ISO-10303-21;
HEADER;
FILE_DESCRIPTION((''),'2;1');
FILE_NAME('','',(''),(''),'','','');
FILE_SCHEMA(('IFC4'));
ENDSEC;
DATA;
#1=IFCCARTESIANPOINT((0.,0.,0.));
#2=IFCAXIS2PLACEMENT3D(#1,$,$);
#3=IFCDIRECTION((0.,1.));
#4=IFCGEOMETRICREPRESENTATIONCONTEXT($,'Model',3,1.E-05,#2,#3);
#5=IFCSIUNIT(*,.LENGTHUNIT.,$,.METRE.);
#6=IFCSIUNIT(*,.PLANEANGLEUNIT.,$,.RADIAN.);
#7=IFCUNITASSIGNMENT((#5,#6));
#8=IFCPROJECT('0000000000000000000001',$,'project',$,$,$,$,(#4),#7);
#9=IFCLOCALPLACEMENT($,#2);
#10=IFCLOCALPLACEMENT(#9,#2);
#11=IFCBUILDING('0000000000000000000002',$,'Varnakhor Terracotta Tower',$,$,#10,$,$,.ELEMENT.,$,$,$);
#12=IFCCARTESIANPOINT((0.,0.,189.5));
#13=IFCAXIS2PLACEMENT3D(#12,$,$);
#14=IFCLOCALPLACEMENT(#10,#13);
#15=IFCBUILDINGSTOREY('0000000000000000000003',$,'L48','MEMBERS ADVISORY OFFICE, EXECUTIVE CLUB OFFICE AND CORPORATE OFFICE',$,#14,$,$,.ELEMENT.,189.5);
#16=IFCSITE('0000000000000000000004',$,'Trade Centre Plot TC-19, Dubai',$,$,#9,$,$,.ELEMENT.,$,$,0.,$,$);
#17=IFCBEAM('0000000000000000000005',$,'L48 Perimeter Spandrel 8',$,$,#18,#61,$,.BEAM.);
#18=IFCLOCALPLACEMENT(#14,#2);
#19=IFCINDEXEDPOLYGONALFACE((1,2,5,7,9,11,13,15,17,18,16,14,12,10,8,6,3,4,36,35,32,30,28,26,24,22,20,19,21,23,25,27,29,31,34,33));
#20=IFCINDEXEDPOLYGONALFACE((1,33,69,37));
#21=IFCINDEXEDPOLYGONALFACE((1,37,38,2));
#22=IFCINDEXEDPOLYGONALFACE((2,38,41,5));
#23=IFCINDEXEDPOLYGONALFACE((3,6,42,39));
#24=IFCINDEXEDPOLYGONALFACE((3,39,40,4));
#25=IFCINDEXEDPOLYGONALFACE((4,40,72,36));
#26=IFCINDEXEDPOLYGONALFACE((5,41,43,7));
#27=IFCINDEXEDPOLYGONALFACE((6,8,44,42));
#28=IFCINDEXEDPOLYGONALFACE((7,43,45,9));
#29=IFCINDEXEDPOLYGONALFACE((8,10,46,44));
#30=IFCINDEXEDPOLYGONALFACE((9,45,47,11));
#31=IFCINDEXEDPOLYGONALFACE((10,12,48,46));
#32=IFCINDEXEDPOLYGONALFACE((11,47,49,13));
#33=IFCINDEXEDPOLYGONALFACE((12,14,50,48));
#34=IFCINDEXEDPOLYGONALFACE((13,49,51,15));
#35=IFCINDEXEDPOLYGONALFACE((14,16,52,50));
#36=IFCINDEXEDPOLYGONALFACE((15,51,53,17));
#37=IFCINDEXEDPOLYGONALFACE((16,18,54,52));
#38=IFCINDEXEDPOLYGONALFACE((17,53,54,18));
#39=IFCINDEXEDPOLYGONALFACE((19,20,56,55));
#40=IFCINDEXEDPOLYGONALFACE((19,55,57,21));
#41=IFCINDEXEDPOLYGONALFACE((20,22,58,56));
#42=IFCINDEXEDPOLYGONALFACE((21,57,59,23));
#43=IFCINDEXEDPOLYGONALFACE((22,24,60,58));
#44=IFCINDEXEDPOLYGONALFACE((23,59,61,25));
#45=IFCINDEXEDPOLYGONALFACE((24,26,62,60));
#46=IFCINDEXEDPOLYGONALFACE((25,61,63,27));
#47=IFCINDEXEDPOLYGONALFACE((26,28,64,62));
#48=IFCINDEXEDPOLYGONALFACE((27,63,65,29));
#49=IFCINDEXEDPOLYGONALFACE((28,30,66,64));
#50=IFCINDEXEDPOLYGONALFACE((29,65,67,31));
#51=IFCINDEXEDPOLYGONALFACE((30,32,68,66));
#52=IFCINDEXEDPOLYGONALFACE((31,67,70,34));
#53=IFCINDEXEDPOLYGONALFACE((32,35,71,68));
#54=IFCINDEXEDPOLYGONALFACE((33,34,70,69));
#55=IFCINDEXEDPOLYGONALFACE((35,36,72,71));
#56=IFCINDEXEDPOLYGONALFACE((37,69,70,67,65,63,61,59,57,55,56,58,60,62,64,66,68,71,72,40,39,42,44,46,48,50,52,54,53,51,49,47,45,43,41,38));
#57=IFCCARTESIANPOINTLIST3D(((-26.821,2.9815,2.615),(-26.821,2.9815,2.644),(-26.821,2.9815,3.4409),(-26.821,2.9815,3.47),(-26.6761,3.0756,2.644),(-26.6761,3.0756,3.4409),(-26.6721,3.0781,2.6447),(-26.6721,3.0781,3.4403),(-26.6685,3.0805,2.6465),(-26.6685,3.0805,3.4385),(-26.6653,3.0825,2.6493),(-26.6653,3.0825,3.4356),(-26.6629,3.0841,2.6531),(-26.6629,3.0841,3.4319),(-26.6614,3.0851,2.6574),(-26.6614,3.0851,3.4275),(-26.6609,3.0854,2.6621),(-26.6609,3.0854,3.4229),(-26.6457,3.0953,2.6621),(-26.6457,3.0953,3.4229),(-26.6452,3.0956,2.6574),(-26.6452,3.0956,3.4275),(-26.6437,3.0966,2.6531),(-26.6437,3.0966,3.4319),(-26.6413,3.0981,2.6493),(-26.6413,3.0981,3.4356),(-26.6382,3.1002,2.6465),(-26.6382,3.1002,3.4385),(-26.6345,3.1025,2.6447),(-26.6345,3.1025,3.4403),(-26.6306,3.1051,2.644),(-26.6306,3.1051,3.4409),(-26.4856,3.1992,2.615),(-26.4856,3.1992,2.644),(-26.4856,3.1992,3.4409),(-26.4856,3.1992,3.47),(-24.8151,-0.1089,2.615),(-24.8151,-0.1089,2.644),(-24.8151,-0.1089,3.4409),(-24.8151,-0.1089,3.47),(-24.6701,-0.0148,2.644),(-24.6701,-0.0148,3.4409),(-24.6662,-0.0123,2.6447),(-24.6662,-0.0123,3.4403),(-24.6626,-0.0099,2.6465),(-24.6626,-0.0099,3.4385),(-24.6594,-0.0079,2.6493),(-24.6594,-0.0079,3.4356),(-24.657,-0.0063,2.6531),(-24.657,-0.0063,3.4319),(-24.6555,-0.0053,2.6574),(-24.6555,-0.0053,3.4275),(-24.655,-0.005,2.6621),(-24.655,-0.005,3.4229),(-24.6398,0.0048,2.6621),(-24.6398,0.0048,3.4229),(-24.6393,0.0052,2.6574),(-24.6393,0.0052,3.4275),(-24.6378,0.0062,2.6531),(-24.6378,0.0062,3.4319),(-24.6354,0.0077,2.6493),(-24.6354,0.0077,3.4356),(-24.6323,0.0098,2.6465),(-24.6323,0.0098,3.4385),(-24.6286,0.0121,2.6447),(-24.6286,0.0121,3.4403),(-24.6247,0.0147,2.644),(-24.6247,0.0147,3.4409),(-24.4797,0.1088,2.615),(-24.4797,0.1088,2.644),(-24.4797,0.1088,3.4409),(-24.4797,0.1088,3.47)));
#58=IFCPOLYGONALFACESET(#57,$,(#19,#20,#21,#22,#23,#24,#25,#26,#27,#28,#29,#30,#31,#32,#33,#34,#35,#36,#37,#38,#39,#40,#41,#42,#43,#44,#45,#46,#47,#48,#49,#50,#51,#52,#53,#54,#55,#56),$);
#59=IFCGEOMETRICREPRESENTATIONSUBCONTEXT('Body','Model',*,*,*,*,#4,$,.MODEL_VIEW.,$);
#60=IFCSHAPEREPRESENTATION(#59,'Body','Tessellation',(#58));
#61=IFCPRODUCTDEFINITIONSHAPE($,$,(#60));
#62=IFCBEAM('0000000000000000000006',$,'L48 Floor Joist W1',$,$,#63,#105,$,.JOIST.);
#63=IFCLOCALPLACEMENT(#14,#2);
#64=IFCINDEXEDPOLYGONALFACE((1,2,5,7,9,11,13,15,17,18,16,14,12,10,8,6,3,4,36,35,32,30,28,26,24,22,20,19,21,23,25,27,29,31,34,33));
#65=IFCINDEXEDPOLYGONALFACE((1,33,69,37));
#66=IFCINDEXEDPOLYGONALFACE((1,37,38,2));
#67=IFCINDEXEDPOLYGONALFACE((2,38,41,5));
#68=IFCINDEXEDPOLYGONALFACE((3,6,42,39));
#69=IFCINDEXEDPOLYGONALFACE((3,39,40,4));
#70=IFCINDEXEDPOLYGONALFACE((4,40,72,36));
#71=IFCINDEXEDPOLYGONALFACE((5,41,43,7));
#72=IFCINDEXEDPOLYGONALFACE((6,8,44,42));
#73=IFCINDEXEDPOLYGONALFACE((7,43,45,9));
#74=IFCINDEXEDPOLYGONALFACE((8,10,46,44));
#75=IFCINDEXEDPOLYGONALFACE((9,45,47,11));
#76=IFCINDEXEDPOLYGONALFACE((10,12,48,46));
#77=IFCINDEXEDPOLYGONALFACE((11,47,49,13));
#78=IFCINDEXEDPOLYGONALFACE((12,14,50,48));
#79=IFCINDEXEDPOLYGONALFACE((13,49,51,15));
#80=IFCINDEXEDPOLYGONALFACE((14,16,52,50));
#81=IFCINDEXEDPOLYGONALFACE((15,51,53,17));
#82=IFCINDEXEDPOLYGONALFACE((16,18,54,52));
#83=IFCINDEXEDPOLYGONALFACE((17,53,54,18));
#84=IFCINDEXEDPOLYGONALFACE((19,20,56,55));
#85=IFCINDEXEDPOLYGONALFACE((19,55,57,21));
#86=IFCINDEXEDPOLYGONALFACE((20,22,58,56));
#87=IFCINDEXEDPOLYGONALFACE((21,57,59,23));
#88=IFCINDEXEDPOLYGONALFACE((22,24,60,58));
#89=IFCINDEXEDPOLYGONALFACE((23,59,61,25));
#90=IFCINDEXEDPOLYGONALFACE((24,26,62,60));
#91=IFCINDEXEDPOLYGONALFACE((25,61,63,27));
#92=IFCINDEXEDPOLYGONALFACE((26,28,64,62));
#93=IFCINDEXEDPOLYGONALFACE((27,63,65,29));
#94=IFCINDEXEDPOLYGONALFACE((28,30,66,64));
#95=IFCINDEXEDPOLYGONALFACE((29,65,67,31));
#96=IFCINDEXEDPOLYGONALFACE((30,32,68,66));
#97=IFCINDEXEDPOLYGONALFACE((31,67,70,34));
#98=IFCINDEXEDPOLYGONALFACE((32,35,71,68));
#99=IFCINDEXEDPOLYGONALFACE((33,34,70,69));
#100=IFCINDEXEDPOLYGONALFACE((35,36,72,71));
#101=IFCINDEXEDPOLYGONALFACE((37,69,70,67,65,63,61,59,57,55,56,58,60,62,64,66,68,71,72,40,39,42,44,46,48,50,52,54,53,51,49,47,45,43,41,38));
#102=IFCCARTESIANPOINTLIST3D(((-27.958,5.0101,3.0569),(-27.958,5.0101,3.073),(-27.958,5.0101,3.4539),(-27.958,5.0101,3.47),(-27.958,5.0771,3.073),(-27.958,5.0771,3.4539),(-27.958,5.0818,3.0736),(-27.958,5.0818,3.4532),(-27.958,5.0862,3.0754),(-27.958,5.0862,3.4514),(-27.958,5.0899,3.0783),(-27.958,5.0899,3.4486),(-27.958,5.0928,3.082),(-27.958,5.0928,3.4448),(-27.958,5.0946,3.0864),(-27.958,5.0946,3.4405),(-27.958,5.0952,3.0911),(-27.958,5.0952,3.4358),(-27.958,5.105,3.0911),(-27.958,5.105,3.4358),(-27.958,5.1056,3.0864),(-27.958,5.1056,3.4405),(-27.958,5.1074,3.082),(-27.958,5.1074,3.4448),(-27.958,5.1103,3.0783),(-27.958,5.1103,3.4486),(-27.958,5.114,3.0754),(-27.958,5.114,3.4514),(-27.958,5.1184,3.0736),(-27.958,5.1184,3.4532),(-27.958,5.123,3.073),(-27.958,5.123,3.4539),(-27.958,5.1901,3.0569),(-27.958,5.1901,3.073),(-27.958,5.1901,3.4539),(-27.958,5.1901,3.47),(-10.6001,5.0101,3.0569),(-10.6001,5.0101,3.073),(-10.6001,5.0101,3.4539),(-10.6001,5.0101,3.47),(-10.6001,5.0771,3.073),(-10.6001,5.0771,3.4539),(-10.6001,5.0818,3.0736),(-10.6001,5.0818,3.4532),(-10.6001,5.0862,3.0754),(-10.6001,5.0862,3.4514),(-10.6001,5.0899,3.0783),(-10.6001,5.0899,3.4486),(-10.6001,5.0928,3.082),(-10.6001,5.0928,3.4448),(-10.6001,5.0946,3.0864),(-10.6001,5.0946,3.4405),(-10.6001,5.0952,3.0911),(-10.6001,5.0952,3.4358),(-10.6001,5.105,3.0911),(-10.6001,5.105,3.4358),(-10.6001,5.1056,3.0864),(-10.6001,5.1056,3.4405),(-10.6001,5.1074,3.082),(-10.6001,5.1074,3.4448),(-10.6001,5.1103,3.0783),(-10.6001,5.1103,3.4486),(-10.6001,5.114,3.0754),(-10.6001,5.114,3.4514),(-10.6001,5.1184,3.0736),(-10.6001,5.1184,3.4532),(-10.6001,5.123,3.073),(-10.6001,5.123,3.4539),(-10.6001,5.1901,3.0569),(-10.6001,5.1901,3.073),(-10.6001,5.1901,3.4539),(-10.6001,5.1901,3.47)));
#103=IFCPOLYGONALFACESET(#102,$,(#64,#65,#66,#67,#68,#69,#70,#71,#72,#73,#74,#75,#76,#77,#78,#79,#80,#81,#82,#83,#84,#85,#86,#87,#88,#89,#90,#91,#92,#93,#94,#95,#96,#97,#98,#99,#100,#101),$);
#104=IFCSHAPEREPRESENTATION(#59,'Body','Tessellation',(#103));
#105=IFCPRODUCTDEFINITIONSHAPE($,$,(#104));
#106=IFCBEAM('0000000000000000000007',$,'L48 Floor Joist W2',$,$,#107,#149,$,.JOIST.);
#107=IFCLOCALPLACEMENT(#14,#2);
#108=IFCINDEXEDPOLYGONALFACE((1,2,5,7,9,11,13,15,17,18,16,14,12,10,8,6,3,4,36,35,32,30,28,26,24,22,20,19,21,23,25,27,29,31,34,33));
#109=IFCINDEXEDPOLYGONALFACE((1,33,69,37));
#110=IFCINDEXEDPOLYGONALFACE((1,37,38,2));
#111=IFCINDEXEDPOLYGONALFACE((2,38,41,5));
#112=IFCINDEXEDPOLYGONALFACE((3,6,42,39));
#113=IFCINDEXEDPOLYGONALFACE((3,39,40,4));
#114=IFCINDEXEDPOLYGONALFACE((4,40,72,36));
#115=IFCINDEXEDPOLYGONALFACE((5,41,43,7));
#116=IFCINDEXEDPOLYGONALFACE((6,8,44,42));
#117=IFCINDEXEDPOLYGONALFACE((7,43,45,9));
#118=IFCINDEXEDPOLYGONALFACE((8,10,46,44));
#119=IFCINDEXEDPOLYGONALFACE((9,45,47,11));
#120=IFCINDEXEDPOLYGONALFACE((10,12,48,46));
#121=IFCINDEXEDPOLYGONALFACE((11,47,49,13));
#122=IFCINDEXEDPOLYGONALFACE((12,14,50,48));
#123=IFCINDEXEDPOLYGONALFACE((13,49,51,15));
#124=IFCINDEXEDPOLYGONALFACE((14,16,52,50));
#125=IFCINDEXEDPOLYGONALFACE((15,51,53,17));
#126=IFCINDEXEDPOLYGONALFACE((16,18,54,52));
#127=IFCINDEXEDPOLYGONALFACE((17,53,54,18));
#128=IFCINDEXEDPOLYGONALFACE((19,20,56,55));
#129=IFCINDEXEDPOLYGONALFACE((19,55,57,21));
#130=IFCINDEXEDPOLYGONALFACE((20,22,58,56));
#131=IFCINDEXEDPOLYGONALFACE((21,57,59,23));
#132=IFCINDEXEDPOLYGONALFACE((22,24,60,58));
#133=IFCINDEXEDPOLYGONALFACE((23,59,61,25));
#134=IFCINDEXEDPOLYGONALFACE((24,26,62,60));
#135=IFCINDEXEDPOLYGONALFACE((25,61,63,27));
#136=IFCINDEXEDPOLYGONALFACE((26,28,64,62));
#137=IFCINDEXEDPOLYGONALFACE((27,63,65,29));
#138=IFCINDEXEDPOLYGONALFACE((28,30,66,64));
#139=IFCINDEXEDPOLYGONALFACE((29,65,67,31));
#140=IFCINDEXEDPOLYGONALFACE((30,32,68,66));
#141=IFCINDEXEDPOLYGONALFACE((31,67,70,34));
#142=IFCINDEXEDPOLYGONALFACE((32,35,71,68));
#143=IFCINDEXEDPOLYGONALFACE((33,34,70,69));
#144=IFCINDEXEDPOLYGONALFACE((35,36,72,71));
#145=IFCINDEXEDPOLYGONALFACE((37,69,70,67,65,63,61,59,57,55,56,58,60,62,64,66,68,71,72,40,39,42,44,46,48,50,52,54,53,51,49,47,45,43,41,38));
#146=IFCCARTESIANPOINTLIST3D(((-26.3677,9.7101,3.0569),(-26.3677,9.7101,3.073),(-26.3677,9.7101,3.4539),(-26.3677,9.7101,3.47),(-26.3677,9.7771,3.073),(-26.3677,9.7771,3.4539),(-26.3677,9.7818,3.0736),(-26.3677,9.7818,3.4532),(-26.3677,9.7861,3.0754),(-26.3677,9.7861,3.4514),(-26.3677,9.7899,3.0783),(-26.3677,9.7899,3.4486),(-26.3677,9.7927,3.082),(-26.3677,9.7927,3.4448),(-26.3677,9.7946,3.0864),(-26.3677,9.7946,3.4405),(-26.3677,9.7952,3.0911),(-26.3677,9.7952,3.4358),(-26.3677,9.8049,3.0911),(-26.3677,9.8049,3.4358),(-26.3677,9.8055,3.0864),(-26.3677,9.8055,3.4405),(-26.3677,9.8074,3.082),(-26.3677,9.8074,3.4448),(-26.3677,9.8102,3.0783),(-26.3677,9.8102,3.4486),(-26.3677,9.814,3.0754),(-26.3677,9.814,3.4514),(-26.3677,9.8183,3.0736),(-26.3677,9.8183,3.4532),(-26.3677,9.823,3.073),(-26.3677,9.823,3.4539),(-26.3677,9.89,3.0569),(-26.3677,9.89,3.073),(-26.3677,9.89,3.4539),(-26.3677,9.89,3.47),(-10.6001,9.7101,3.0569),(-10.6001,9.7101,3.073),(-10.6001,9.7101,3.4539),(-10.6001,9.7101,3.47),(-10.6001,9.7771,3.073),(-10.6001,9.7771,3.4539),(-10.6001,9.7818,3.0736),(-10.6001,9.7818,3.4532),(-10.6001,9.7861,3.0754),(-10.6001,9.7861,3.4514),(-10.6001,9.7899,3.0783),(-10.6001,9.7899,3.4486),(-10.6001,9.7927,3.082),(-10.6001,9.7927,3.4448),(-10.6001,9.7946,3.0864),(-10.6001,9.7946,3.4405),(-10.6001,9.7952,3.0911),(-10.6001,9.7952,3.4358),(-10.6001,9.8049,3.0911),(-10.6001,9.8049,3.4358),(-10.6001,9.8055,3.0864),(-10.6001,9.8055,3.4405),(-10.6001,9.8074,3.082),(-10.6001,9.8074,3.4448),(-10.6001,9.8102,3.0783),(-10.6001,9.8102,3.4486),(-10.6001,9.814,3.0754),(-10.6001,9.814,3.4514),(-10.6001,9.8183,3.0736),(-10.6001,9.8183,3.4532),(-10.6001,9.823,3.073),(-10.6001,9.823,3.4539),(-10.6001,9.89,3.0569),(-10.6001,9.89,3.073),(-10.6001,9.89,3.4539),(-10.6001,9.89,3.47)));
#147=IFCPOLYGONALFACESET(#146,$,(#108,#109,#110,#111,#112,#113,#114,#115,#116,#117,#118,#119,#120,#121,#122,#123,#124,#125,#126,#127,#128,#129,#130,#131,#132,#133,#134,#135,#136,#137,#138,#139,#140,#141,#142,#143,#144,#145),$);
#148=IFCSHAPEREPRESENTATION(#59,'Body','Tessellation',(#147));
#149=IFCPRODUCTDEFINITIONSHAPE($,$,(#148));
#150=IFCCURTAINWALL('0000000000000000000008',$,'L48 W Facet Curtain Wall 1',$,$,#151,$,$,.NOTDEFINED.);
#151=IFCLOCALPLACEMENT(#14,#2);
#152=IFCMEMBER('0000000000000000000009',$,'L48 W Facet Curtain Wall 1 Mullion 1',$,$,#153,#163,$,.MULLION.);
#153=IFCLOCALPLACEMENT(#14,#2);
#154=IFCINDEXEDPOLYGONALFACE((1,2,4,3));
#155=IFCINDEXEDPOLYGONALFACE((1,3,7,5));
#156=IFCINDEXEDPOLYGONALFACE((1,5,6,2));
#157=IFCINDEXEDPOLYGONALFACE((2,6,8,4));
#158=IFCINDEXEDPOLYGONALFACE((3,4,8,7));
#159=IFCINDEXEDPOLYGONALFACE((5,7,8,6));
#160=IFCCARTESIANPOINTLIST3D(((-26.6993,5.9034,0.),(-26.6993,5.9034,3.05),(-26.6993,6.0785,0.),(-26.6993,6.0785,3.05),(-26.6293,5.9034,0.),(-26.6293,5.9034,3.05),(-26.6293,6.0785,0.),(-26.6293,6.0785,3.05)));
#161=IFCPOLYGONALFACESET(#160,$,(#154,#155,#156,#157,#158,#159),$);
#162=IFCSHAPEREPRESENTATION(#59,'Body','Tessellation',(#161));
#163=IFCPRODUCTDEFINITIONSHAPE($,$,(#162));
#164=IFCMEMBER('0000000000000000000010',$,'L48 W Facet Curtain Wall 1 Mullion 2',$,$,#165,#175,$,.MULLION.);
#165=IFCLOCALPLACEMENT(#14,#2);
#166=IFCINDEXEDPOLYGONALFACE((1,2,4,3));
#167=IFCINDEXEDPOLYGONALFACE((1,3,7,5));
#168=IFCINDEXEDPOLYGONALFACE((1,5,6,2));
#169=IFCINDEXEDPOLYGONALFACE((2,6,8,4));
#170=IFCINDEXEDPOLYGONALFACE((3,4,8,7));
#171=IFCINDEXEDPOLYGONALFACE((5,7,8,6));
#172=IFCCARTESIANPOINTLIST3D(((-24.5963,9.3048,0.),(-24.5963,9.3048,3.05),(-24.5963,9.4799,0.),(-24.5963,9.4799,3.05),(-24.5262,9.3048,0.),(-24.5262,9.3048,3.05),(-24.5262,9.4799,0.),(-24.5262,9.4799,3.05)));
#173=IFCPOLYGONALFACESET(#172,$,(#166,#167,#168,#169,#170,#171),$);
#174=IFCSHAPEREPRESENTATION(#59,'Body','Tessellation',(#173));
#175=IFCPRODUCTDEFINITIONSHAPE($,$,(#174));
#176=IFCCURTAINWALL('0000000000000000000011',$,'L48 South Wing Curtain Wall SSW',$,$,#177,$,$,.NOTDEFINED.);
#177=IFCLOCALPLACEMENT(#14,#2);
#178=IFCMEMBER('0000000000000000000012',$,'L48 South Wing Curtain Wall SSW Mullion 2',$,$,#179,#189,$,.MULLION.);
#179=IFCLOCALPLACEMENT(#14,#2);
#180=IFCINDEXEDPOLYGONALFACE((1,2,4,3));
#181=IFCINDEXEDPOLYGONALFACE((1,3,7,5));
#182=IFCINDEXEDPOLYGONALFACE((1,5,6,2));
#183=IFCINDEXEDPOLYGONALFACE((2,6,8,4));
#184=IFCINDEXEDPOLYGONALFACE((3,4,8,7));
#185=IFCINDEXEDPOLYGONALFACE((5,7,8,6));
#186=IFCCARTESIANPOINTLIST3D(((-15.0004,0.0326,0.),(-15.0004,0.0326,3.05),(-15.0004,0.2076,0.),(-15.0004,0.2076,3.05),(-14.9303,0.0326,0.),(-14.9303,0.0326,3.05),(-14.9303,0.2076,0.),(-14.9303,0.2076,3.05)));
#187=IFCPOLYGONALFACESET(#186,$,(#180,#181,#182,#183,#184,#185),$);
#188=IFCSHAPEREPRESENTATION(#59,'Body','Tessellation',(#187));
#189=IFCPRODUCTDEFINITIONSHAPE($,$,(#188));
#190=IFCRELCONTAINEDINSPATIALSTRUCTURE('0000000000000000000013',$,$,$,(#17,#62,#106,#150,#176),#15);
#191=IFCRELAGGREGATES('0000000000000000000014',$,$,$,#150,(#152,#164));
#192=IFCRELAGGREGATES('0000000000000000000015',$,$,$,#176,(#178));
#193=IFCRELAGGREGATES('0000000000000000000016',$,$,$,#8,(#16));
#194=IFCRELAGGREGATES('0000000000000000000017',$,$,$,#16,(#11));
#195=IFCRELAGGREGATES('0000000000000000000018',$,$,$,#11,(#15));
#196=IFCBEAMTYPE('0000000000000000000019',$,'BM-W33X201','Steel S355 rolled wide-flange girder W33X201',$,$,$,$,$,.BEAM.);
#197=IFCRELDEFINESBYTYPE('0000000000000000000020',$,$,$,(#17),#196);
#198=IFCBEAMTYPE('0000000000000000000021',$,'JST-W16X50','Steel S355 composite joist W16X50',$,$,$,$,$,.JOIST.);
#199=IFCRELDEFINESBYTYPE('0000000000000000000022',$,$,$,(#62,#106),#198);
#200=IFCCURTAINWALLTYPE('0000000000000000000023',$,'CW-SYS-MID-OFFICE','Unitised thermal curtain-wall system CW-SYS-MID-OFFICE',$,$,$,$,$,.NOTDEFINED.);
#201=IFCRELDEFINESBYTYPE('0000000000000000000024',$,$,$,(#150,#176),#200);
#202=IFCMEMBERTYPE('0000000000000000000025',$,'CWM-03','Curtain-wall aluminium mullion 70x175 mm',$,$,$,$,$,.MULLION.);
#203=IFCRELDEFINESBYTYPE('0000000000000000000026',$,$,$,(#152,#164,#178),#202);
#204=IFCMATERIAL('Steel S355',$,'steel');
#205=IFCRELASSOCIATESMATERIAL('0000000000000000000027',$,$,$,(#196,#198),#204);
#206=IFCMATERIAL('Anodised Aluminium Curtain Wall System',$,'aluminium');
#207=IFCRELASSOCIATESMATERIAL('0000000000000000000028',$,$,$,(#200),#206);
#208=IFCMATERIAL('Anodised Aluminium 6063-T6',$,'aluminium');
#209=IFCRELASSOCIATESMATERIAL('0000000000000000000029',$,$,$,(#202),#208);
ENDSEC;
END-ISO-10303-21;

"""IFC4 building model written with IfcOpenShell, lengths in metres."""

from ifc_helpers import new_model, si_unit, direction, frame, origin, origin_2d, place, context, subcontext, project, spatial, rectangle, i_section, extrude, source, transform, mapped, material, material_profile, profile_set, type_object, element, aggregate, save


model = new_model("IFC4")

# Units and contexts
model_context = context("Model", 3, precision=1e-05, world=origin(), true_north=direction((0.0, 1.0)))
body_context = subcontext(model_context, "Body", "Model", "MODEL_VIEW")
ifc_project = project(units=[si_unit("LENGTHUNIT", "METRE"), si_unit("PLANEANGLEUNIT", "RADIAN")], contexts=[model_context])

# Site, building, storey
site_placement = place(None, origin())
site = spatial("IfcSite", under=ifc_project, at=site_placement, Name="Trade Centre Plot TC-19, Dubai", CompositionType="ELEMENT", RefElevation=0.0)
building_placement = place(site_placement, origin())
building = spatial("IfcBuilding", under=site, at=building_placement, Name="Varnakhor Terracotta Tower", CompositionType="ELEMENT")
storey_placement = place(building_placement, frame((0.0, 0.0, 189.5)))
storey = spatial("IfcBuildingStorey", under=building, at=storey_placement, Name="L48", Description="MEMBERS ADVISORY OFFICE, EXECUTIVE CLUB OFFICE AND CORPORATE OFFICE", CompositionType="ELEMENT", Elevation=189.5)

# Beams
ifc_material_1 = material(Name="Steel S355", Category="steel")
ifc_material_profile_1 = material_profile(ifc_material_1, i_section(OverallWidth=0.3999, OverallDepth=0.855, WebThickness=0.0181, FlangeThickness=0.0291, FilletRadius=0.0181, at=origin_2d()), Name="W33X201")
ifc_profile_set_1 = profile_set([ifc_material_profile_1], Name="Steel S355")
beam_type_1 = type_object("IfcBeamType", Name="BM-W33X201", Description="Steel S355 rolled wide-flange girder W33X201", PredefinedType="BEAM", material=ifc_profile_set_1)
shared_shape_1 = source(origin(), body_context, "Body", "SweptSolid", [
    extrude(i_section(OverallWidth=0.3999, OverallDepth=0.855, WebThickness=0.0181, FlangeThickness=0.0291, FilletRadius=0.0181, at=origin_2d()), origin(), (0.0, 0.0, 1.0), 3.6843),
])
for number, where, z_axis, x_axis, name in (
    (1, (-26.6533, 3.0903, 3.0425), (0.544443, -0.838798, 0.0), (0.838798, 0.544443, 0.0), "L48 Perimeter Spandrel 8"),
):
    element("IfcBeam", number, at=place(storey_placement, frame(where, z_axis=z_axis, x_axis=x_axis)), inside=storey, type_object=beam_type_1, Name=name, PredefinedType="BEAM", context=body_context, shape_type="MappedRepresentation", body=[
        mapped(shared_shape_1, transform((0.0, 0.0, 0.0), scale=1.0)),
    ])
ifc_material_profile_2 = material_profile(ifc_material_1, i_section(OverallWidth=0.1799, OverallDepth=0.4131, WebThickness=0.0098, FlangeThickness=0.0161, FilletRadius=0.0181, at=origin_2d()), Name="W16X50")
ifc_profile_set_2 = profile_set([ifc_material_profile_2], Name="Steel S355")
beam_type_2 = type_object("IfcBeamType", Name="JST-W16X50", Description="Steel S355 composite joist W16X50", PredefinedType="JOIST", material=ifc_profile_set_2)
shared_shape_2 = source(origin(), body_context, "Body", "SweptSolid", [
    extrude(i_section(OverallWidth=0.1799, OverallDepth=0.4131, WebThickness=0.0098, FlangeThickness=0.0161, FilletRadius=0.0181, at=origin_2d()), origin(), (0.0, 0.0, 1.0), 17.3579),
])
beam_1_placement = place(storey_placement, frame((-27.958, 5.1001, 3.2634), z_axis=(1.0, 0.0, 0.0), x_axis=(0.0, 1.0, 0.0)))
element("IfcBeam", 2, at=beam_1_placement, inside=storey, type_object=beam_type_2, Name="L48 Floor Joist W1", PredefinedType="JOIST", context=body_context, shape_type="MappedRepresentation", body=[
    mapped(shared_shape_2, transform((0.0, 0.0, 0.0), scale=1.0)),
])
shared_shape_3 = source(origin(), body_context, "Body", "SweptSolid", [
    extrude(i_section(OverallWidth=0.1799, OverallDepth=0.4131, WebThickness=0.0098, FlangeThickness=0.0161, FilletRadius=0.0181, at=origin_2d()), origin(), (0.0, 0.0, 1.0), 15.7676),
])
beam_2_placement = place(storey_placement, frame((-26.3677, 9.8, 3.2634), z_axis=(1.0, 0.0, 0.0), x_axis=(0.0, 1.0, 0.0)))
element("IfcBeam", 3, at=beam_2_placement, inside=storey, type_object=beam_type_2, Name="L48 Floor Joist W2", PredefinedType="JOIST", context=body_context, shape_type="MappedRepresentation", body=[
    mapped(shared_shape_3, transform((0.0, 0.0, 0.0), scale=1.0)),
])

# Curtain walls, members
ifc_material_2 = material(Name="Anodised Aluminium Curtain Wall System", Category="aluminium")
curtain_wall_type = type_object("IfcCurtainWallType", Name="CW-SYS-MID-OFFICE", Description="Unitised thermal curtain-wall system CW-SYS-MID-OFFICE", PredefinedType="NOTDEFINED", material=ifc_material_2)
curtain_wall_1_placement = place(storey_placement, origin())
curtain_wall_1 = element("IfcCurtainWall", 4, at=curtain_wall_1_placement, inside=storey, type_object=curtain_wall_type, Name="L48 W Facet Curtain Wall 1", PredefinedType="NOTDEFINED")
ifc_material_3 = material(Name="Anodised Aluminium 6063-T6", Category="aluminium")
ifc_material_profile_3 = material_profile(ifc_material_3, rectangle(XDim=0.0701, YDim=0.175, at=origin_2d()), Name="ALU MULLION 70x175")
ifc_profile_set_3 = profile_set([ifc_material_profile_3], Name="Anodised Aluminium 6063-T6")
member_type_1 = type_object("IfcMemberType", Name="CWM-03", Description="Curtain-wall aluminium mullion 70x175 mm", PredefinedType="MULLION", material=ifc_profile_set_3)
shared_shape_4 = source(origin(), body_context, "Body", "SweptSolid", [
    extrude(rectangle(XDim=0.0701, YDim=0.175, at=origin_2d()), origin(), (0.0, 0.0, 1.0), 3.05),
])
member_1_placement = place(storey_placement, frame((-26.6643, 5.991, 0.0), z_axis=(0.0, 0.0, 1.0), x_axis=(1.0, 0.0, 0.0)))
member_1 = element("IfcMember", 5, at=member_1_placement, type_object=member_type_1, Name="L48 W Facet Curtain Wall 1 Mullion 1", PredefinedType="MULLION", context=body_context, shape_type="MappedRepresentation", body=[
    mapped(shared_shape_4, transform((0.0, 0.0, 0.0), scale=1.0)),
])
member_2_placement = place(storey_placement, frame((-24.5613, 9.3923, 0.0), z_axis=(0.0, 0.0, 1.0), x_axis=(1.0, 0.0, 0.0)))
member_2 = element("IfcMember", 6, at=member_2_placement, type_object=member_type_1, Name="L48 W Facet Curtain Wall 1 Mullion 2", PredefinedType="MULLION", context=body_context, shape_type="MappedRepresentation", body=[
    mapped(shared_shape_4, transform((0.0, 0.0, 0.0), scale=1.0)),
])
curtain_wall_2_placement = place(storey_placement, origin())
curtain_wall_2 = element("IfcCurtainWall", 7, at=curtain_wall_2_placement, inside=storey, type_object=curtain_wall_type, Name="L48 South Wing Curtain Wall SSW", PredefinedType="NOTDEFINED")
member_3_placement = place(storey_placement, frame((-14.9653, 0.1201, 0.0), z_axis=(0.0, 0.0, 1.0), x_axis=(1.0, 0.0, 0.0)))
member_3 = element("IfcMember", 8, at=member_3_placement, type_object=member_type_1, Name="L48 South Wing Curtain Wall SSW Mullion 2", PredefinedType="MULLION", context=body_context, shape_type="MappedRepresentation", body=[
    mapped(shared_shape_4, transform((0.0, 0.0, 0.0), scale=1.0)),
])

aggregate(curtain_wall_1, [member_1, member_2])
aggregate(curtain_wall_2, [member_3])

save(model, "model.ifc")
